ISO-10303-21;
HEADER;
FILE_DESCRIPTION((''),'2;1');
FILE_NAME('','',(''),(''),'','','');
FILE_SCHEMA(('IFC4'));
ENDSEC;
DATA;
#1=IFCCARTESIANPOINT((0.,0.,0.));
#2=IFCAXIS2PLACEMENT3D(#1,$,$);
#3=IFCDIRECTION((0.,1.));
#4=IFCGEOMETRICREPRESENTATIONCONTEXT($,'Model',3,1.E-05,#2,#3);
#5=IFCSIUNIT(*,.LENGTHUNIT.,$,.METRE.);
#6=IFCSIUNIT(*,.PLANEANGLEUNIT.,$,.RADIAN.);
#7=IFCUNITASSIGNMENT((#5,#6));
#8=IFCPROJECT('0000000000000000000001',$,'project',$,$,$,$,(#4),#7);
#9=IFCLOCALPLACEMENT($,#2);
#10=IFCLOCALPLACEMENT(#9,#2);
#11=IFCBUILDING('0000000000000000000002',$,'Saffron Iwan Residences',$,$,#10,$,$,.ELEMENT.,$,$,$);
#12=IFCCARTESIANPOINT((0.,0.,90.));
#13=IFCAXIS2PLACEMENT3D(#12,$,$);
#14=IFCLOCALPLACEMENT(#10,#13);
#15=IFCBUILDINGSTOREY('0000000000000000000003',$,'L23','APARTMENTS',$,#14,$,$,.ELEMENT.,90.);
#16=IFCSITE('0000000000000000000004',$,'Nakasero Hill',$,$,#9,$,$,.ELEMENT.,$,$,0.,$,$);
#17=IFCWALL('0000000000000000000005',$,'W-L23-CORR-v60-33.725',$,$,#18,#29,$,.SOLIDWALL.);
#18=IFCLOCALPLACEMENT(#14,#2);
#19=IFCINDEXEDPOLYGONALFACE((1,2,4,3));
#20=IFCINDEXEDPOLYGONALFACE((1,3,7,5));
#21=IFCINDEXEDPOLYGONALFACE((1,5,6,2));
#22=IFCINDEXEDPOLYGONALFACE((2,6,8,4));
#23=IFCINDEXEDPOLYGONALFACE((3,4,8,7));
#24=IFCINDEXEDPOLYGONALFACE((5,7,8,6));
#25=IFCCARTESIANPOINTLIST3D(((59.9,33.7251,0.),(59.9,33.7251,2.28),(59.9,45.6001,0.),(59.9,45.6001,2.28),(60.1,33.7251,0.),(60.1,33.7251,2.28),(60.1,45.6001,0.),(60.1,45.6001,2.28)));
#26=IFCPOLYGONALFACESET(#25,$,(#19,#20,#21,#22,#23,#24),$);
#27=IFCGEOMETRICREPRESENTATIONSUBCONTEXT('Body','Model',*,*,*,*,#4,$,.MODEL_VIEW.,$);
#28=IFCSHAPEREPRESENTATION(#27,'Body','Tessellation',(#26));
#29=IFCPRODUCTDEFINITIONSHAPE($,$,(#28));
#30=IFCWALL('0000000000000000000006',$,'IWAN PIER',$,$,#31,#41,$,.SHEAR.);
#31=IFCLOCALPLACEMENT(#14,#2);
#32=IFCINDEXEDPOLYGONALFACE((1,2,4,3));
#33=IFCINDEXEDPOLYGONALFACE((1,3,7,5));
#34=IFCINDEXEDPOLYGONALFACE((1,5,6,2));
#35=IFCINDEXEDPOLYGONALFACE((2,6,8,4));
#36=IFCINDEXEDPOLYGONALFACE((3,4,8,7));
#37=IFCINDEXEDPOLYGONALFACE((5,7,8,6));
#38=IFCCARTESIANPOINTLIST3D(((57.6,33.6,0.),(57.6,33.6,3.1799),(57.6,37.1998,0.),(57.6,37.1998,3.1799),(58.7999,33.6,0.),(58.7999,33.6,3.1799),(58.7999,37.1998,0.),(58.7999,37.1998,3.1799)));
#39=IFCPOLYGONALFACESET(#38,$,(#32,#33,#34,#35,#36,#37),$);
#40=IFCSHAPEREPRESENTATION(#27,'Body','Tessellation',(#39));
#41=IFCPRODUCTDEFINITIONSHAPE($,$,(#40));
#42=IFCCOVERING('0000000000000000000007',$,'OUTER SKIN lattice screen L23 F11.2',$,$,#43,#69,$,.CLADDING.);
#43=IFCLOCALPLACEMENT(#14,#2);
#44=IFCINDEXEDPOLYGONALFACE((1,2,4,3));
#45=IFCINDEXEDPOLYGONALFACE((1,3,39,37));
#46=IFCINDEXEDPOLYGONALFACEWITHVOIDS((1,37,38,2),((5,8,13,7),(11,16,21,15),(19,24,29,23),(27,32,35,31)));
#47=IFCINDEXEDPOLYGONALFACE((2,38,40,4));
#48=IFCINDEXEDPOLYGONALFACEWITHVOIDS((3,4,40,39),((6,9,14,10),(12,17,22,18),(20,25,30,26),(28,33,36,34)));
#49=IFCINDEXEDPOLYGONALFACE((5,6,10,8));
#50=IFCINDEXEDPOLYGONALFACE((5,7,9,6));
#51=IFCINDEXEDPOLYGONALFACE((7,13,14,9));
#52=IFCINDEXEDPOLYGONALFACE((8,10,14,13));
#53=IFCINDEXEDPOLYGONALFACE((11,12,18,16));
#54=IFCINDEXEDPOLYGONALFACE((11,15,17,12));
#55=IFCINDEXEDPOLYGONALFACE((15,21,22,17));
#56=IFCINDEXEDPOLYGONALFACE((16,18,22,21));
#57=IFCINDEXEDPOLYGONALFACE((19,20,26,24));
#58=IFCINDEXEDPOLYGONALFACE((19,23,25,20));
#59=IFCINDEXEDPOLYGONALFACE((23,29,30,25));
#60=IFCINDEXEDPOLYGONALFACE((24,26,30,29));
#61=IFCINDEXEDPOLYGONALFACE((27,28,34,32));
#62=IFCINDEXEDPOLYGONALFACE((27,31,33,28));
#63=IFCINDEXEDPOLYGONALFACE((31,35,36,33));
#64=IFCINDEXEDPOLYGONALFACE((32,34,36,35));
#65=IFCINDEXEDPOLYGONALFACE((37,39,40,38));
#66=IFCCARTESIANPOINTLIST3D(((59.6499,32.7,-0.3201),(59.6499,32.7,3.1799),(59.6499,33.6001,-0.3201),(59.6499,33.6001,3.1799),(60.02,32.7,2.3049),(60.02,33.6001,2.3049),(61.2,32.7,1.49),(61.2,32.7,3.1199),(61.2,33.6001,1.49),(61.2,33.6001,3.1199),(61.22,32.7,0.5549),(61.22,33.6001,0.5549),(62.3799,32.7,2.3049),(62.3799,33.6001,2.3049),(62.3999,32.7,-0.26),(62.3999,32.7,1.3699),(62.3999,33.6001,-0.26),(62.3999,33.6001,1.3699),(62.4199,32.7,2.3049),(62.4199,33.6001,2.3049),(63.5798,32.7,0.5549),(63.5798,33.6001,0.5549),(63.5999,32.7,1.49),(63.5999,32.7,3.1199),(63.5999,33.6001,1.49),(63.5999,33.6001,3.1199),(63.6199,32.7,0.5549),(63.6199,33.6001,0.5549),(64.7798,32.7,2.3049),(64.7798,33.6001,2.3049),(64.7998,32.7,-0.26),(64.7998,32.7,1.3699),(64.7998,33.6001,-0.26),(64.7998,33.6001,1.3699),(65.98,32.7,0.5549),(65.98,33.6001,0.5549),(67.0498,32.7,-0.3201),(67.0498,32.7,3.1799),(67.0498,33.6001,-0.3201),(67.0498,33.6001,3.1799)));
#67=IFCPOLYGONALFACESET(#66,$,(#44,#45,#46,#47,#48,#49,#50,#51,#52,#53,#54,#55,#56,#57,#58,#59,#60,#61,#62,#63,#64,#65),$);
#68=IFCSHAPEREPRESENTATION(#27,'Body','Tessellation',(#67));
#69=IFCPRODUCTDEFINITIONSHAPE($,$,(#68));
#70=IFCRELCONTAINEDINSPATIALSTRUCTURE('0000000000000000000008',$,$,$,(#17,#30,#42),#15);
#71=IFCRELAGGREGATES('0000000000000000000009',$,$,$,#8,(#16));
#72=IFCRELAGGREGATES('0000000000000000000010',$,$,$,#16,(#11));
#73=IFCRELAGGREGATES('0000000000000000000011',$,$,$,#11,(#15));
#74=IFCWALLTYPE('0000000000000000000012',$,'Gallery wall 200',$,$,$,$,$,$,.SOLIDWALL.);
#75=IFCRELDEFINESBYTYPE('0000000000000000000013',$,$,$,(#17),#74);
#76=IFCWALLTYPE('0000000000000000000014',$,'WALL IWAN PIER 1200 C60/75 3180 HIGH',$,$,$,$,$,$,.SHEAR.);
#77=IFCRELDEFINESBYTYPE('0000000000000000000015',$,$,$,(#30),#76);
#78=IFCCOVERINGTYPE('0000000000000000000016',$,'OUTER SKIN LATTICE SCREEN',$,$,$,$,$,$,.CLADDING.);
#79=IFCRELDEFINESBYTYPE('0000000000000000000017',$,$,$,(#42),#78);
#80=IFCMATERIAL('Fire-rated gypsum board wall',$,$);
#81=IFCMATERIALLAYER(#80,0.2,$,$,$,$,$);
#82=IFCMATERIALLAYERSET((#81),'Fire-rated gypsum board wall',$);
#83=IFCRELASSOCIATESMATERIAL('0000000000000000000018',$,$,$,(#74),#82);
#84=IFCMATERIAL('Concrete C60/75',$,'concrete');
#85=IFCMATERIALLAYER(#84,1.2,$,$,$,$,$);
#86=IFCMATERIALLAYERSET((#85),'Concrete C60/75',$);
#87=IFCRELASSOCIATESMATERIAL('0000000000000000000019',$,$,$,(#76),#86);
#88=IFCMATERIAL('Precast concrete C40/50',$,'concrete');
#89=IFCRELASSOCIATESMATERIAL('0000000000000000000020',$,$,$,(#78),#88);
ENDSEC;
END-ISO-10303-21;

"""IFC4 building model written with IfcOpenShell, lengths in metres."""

from ifc_helpers import new_model, si_unit, direction, frame, frame_2d, origin, place, context, subcontext, project, spatial, polyline, rectangle, outline, extrude, material, layer, layer_set, type_object, element, save


model = new_model("IFC4")

# Units and contexts
model_context = context("Model", 3, precision=1e-05, world=origin(), true_north=direction((0.0, 1.0)))
body_context = subcontext(model_context, "Body", "Model", "MODEL_VIEW")
ifc_project = project(units=[si_unit("LENGTHUNIT", "METRE"), si_unit("PLANEANGLEUNIT", "RADIAN")], contexts=[model_context])

# Site, building, storey
site_placement = place(None, origin())
site = spatial("IfcSite", under=ifc_project, at=site_placement, Name="Nakasero Hill", CompositionType="ELEMENT", RefElevation=0.0)
building_placement = place(site_placement, origin())
building = spatial("IfcBuilding", under=site, at=building_placement, Name="Saffron Iwan Residences", CompositionType="ELEMENT")
storey_placement = place(building_placement, frame((0.0, 0.0, 90.0)))
storey = spatial("IfcBuildingStorey", under=building, at=storey_placement, Name="L23", Description="APARTMENTS", CompositionType="ELEMENT", Elevation=90.0)

# Shared definitions
ifc_material_1 = material(Name="Concrete C60/75", Category="concrete")

# Walls
ifc_material_2 = material(Name="Fire-rated gypsum board wall")
ifc_layer_1 = layer(ifc_material_2, 0.2)
ifc_layer_set_1 = layer_set([ifc_layer_1], Name="Fire-rated gypsum board wall")
wall_type_1 = type_object("IfcWallType", Name="Gallery wall 200", PredefinedType="SOLIDWALL", material=ifc_layer_set_1)
wall_1_placement = place(storey_placement, frame((60.0, 33.7251, 0.0), z_axis=(0.0, 0.0, 1.0), x_axis=(0.0, 1.0, 0.0)))
element("IfcWall", 1, at=wall_1_placement, inside=storey, type_object=wall_type_1, Name="W-L23-CORR-v60-33.725", PredefinedType="SOLIDWALL", context=body_context, shape_type="SweptSolid", body=[
    extrude(rectangle(XDim=11.875, YDim=0.2, at=frame_2d((5.9375, 0.0))), origin(), (0.0, 0.0, 1.0), 2.28),
])
ifc_layer_2 = layer(ifc_material_1, 1.2)
ifc_layer_set_2 = layer_set([ifc_layer_2], Name="Concrete C60/75")
wall_type_2 = type_object("IfcWallType", Name="WALL IWAN PIER 1200 C60/75 3180 HIGH", PredefinedType="SHEAR", material=ifc_layer_set_2)
wall_2_placement = place(storey_placement, frame((58.2, 33.6001, 0.0), z_axis=(0.0, 0.0, 1.0), x_axis=(0.0, 1.0, 0.0)))
element("IfcWall", 2, at=wall_2_placement, inside=storey, type_object=wall_type_2, Name="IWAN PIER", PredefinedType="SHEAR", context=body_context, shape_type="SweptSolid", body=[
    extrude(rectangle(XDim=3.5999, YDim=1.2, at=frame_2d((1.7998, 0.0))), origin(), (0.0, 0.0, 1.0), 3.1799),
])

# Covering
ifc_material_3 = material(Name="Precast concrete C40/50", Category="concrete")
covering_type = type_object("IfcCoveringType", Name="OUTER SKIN LATTICE SCREEN", PredefinedType="CLADDING", material=ifc_material_3)
covering_placement = place(storey_placement, frame((59.6499, 33.6001, -0.3201), z_axis=(0.0, -1.0, 0.0), x_axis=(1.0, 0.0, 0.0)))
element("IfcCovering", 3, at=covering_placement, inside=storey, type_object=covering_type, Name="OUTER SKIN lattice screen L23 F11.2", PredefinedType="CLADDING", context=body_context, shape_type="SweptSolid", body=[
    extrude(outline(polyline([(0.0, 0.0), (7.3999, 0.0), (7.3999, 3.5), (0.0, 3.5), (0.0, 0.0)]), holes=[polyline([(1.5701, 0.875), (2.75, 0.0601), (3.9299, 0.875), (2.75, 1.6899), (1.5701, 0.875)]), polyline([(3.97, 0.875), (5.1499, 0.0601), (6.3301, 0.875), (5.1499, 1.6899), (3.97, 0.875)]), polyline([(0.3701, 2.625), (1.55, 1.8101), (2.73, 2.625), (1.55, 3.4399), (0.3701, 2.625)]), polyline([(2.77, 2.625), (3.95, 1.8101), (5.1299, 2.625), (3.95, 3.4399), (2.77, 2.625)])]), origin(), (0.0, 0.0, 1.0), 0.9001),
])

save(model, "model.ifc")
